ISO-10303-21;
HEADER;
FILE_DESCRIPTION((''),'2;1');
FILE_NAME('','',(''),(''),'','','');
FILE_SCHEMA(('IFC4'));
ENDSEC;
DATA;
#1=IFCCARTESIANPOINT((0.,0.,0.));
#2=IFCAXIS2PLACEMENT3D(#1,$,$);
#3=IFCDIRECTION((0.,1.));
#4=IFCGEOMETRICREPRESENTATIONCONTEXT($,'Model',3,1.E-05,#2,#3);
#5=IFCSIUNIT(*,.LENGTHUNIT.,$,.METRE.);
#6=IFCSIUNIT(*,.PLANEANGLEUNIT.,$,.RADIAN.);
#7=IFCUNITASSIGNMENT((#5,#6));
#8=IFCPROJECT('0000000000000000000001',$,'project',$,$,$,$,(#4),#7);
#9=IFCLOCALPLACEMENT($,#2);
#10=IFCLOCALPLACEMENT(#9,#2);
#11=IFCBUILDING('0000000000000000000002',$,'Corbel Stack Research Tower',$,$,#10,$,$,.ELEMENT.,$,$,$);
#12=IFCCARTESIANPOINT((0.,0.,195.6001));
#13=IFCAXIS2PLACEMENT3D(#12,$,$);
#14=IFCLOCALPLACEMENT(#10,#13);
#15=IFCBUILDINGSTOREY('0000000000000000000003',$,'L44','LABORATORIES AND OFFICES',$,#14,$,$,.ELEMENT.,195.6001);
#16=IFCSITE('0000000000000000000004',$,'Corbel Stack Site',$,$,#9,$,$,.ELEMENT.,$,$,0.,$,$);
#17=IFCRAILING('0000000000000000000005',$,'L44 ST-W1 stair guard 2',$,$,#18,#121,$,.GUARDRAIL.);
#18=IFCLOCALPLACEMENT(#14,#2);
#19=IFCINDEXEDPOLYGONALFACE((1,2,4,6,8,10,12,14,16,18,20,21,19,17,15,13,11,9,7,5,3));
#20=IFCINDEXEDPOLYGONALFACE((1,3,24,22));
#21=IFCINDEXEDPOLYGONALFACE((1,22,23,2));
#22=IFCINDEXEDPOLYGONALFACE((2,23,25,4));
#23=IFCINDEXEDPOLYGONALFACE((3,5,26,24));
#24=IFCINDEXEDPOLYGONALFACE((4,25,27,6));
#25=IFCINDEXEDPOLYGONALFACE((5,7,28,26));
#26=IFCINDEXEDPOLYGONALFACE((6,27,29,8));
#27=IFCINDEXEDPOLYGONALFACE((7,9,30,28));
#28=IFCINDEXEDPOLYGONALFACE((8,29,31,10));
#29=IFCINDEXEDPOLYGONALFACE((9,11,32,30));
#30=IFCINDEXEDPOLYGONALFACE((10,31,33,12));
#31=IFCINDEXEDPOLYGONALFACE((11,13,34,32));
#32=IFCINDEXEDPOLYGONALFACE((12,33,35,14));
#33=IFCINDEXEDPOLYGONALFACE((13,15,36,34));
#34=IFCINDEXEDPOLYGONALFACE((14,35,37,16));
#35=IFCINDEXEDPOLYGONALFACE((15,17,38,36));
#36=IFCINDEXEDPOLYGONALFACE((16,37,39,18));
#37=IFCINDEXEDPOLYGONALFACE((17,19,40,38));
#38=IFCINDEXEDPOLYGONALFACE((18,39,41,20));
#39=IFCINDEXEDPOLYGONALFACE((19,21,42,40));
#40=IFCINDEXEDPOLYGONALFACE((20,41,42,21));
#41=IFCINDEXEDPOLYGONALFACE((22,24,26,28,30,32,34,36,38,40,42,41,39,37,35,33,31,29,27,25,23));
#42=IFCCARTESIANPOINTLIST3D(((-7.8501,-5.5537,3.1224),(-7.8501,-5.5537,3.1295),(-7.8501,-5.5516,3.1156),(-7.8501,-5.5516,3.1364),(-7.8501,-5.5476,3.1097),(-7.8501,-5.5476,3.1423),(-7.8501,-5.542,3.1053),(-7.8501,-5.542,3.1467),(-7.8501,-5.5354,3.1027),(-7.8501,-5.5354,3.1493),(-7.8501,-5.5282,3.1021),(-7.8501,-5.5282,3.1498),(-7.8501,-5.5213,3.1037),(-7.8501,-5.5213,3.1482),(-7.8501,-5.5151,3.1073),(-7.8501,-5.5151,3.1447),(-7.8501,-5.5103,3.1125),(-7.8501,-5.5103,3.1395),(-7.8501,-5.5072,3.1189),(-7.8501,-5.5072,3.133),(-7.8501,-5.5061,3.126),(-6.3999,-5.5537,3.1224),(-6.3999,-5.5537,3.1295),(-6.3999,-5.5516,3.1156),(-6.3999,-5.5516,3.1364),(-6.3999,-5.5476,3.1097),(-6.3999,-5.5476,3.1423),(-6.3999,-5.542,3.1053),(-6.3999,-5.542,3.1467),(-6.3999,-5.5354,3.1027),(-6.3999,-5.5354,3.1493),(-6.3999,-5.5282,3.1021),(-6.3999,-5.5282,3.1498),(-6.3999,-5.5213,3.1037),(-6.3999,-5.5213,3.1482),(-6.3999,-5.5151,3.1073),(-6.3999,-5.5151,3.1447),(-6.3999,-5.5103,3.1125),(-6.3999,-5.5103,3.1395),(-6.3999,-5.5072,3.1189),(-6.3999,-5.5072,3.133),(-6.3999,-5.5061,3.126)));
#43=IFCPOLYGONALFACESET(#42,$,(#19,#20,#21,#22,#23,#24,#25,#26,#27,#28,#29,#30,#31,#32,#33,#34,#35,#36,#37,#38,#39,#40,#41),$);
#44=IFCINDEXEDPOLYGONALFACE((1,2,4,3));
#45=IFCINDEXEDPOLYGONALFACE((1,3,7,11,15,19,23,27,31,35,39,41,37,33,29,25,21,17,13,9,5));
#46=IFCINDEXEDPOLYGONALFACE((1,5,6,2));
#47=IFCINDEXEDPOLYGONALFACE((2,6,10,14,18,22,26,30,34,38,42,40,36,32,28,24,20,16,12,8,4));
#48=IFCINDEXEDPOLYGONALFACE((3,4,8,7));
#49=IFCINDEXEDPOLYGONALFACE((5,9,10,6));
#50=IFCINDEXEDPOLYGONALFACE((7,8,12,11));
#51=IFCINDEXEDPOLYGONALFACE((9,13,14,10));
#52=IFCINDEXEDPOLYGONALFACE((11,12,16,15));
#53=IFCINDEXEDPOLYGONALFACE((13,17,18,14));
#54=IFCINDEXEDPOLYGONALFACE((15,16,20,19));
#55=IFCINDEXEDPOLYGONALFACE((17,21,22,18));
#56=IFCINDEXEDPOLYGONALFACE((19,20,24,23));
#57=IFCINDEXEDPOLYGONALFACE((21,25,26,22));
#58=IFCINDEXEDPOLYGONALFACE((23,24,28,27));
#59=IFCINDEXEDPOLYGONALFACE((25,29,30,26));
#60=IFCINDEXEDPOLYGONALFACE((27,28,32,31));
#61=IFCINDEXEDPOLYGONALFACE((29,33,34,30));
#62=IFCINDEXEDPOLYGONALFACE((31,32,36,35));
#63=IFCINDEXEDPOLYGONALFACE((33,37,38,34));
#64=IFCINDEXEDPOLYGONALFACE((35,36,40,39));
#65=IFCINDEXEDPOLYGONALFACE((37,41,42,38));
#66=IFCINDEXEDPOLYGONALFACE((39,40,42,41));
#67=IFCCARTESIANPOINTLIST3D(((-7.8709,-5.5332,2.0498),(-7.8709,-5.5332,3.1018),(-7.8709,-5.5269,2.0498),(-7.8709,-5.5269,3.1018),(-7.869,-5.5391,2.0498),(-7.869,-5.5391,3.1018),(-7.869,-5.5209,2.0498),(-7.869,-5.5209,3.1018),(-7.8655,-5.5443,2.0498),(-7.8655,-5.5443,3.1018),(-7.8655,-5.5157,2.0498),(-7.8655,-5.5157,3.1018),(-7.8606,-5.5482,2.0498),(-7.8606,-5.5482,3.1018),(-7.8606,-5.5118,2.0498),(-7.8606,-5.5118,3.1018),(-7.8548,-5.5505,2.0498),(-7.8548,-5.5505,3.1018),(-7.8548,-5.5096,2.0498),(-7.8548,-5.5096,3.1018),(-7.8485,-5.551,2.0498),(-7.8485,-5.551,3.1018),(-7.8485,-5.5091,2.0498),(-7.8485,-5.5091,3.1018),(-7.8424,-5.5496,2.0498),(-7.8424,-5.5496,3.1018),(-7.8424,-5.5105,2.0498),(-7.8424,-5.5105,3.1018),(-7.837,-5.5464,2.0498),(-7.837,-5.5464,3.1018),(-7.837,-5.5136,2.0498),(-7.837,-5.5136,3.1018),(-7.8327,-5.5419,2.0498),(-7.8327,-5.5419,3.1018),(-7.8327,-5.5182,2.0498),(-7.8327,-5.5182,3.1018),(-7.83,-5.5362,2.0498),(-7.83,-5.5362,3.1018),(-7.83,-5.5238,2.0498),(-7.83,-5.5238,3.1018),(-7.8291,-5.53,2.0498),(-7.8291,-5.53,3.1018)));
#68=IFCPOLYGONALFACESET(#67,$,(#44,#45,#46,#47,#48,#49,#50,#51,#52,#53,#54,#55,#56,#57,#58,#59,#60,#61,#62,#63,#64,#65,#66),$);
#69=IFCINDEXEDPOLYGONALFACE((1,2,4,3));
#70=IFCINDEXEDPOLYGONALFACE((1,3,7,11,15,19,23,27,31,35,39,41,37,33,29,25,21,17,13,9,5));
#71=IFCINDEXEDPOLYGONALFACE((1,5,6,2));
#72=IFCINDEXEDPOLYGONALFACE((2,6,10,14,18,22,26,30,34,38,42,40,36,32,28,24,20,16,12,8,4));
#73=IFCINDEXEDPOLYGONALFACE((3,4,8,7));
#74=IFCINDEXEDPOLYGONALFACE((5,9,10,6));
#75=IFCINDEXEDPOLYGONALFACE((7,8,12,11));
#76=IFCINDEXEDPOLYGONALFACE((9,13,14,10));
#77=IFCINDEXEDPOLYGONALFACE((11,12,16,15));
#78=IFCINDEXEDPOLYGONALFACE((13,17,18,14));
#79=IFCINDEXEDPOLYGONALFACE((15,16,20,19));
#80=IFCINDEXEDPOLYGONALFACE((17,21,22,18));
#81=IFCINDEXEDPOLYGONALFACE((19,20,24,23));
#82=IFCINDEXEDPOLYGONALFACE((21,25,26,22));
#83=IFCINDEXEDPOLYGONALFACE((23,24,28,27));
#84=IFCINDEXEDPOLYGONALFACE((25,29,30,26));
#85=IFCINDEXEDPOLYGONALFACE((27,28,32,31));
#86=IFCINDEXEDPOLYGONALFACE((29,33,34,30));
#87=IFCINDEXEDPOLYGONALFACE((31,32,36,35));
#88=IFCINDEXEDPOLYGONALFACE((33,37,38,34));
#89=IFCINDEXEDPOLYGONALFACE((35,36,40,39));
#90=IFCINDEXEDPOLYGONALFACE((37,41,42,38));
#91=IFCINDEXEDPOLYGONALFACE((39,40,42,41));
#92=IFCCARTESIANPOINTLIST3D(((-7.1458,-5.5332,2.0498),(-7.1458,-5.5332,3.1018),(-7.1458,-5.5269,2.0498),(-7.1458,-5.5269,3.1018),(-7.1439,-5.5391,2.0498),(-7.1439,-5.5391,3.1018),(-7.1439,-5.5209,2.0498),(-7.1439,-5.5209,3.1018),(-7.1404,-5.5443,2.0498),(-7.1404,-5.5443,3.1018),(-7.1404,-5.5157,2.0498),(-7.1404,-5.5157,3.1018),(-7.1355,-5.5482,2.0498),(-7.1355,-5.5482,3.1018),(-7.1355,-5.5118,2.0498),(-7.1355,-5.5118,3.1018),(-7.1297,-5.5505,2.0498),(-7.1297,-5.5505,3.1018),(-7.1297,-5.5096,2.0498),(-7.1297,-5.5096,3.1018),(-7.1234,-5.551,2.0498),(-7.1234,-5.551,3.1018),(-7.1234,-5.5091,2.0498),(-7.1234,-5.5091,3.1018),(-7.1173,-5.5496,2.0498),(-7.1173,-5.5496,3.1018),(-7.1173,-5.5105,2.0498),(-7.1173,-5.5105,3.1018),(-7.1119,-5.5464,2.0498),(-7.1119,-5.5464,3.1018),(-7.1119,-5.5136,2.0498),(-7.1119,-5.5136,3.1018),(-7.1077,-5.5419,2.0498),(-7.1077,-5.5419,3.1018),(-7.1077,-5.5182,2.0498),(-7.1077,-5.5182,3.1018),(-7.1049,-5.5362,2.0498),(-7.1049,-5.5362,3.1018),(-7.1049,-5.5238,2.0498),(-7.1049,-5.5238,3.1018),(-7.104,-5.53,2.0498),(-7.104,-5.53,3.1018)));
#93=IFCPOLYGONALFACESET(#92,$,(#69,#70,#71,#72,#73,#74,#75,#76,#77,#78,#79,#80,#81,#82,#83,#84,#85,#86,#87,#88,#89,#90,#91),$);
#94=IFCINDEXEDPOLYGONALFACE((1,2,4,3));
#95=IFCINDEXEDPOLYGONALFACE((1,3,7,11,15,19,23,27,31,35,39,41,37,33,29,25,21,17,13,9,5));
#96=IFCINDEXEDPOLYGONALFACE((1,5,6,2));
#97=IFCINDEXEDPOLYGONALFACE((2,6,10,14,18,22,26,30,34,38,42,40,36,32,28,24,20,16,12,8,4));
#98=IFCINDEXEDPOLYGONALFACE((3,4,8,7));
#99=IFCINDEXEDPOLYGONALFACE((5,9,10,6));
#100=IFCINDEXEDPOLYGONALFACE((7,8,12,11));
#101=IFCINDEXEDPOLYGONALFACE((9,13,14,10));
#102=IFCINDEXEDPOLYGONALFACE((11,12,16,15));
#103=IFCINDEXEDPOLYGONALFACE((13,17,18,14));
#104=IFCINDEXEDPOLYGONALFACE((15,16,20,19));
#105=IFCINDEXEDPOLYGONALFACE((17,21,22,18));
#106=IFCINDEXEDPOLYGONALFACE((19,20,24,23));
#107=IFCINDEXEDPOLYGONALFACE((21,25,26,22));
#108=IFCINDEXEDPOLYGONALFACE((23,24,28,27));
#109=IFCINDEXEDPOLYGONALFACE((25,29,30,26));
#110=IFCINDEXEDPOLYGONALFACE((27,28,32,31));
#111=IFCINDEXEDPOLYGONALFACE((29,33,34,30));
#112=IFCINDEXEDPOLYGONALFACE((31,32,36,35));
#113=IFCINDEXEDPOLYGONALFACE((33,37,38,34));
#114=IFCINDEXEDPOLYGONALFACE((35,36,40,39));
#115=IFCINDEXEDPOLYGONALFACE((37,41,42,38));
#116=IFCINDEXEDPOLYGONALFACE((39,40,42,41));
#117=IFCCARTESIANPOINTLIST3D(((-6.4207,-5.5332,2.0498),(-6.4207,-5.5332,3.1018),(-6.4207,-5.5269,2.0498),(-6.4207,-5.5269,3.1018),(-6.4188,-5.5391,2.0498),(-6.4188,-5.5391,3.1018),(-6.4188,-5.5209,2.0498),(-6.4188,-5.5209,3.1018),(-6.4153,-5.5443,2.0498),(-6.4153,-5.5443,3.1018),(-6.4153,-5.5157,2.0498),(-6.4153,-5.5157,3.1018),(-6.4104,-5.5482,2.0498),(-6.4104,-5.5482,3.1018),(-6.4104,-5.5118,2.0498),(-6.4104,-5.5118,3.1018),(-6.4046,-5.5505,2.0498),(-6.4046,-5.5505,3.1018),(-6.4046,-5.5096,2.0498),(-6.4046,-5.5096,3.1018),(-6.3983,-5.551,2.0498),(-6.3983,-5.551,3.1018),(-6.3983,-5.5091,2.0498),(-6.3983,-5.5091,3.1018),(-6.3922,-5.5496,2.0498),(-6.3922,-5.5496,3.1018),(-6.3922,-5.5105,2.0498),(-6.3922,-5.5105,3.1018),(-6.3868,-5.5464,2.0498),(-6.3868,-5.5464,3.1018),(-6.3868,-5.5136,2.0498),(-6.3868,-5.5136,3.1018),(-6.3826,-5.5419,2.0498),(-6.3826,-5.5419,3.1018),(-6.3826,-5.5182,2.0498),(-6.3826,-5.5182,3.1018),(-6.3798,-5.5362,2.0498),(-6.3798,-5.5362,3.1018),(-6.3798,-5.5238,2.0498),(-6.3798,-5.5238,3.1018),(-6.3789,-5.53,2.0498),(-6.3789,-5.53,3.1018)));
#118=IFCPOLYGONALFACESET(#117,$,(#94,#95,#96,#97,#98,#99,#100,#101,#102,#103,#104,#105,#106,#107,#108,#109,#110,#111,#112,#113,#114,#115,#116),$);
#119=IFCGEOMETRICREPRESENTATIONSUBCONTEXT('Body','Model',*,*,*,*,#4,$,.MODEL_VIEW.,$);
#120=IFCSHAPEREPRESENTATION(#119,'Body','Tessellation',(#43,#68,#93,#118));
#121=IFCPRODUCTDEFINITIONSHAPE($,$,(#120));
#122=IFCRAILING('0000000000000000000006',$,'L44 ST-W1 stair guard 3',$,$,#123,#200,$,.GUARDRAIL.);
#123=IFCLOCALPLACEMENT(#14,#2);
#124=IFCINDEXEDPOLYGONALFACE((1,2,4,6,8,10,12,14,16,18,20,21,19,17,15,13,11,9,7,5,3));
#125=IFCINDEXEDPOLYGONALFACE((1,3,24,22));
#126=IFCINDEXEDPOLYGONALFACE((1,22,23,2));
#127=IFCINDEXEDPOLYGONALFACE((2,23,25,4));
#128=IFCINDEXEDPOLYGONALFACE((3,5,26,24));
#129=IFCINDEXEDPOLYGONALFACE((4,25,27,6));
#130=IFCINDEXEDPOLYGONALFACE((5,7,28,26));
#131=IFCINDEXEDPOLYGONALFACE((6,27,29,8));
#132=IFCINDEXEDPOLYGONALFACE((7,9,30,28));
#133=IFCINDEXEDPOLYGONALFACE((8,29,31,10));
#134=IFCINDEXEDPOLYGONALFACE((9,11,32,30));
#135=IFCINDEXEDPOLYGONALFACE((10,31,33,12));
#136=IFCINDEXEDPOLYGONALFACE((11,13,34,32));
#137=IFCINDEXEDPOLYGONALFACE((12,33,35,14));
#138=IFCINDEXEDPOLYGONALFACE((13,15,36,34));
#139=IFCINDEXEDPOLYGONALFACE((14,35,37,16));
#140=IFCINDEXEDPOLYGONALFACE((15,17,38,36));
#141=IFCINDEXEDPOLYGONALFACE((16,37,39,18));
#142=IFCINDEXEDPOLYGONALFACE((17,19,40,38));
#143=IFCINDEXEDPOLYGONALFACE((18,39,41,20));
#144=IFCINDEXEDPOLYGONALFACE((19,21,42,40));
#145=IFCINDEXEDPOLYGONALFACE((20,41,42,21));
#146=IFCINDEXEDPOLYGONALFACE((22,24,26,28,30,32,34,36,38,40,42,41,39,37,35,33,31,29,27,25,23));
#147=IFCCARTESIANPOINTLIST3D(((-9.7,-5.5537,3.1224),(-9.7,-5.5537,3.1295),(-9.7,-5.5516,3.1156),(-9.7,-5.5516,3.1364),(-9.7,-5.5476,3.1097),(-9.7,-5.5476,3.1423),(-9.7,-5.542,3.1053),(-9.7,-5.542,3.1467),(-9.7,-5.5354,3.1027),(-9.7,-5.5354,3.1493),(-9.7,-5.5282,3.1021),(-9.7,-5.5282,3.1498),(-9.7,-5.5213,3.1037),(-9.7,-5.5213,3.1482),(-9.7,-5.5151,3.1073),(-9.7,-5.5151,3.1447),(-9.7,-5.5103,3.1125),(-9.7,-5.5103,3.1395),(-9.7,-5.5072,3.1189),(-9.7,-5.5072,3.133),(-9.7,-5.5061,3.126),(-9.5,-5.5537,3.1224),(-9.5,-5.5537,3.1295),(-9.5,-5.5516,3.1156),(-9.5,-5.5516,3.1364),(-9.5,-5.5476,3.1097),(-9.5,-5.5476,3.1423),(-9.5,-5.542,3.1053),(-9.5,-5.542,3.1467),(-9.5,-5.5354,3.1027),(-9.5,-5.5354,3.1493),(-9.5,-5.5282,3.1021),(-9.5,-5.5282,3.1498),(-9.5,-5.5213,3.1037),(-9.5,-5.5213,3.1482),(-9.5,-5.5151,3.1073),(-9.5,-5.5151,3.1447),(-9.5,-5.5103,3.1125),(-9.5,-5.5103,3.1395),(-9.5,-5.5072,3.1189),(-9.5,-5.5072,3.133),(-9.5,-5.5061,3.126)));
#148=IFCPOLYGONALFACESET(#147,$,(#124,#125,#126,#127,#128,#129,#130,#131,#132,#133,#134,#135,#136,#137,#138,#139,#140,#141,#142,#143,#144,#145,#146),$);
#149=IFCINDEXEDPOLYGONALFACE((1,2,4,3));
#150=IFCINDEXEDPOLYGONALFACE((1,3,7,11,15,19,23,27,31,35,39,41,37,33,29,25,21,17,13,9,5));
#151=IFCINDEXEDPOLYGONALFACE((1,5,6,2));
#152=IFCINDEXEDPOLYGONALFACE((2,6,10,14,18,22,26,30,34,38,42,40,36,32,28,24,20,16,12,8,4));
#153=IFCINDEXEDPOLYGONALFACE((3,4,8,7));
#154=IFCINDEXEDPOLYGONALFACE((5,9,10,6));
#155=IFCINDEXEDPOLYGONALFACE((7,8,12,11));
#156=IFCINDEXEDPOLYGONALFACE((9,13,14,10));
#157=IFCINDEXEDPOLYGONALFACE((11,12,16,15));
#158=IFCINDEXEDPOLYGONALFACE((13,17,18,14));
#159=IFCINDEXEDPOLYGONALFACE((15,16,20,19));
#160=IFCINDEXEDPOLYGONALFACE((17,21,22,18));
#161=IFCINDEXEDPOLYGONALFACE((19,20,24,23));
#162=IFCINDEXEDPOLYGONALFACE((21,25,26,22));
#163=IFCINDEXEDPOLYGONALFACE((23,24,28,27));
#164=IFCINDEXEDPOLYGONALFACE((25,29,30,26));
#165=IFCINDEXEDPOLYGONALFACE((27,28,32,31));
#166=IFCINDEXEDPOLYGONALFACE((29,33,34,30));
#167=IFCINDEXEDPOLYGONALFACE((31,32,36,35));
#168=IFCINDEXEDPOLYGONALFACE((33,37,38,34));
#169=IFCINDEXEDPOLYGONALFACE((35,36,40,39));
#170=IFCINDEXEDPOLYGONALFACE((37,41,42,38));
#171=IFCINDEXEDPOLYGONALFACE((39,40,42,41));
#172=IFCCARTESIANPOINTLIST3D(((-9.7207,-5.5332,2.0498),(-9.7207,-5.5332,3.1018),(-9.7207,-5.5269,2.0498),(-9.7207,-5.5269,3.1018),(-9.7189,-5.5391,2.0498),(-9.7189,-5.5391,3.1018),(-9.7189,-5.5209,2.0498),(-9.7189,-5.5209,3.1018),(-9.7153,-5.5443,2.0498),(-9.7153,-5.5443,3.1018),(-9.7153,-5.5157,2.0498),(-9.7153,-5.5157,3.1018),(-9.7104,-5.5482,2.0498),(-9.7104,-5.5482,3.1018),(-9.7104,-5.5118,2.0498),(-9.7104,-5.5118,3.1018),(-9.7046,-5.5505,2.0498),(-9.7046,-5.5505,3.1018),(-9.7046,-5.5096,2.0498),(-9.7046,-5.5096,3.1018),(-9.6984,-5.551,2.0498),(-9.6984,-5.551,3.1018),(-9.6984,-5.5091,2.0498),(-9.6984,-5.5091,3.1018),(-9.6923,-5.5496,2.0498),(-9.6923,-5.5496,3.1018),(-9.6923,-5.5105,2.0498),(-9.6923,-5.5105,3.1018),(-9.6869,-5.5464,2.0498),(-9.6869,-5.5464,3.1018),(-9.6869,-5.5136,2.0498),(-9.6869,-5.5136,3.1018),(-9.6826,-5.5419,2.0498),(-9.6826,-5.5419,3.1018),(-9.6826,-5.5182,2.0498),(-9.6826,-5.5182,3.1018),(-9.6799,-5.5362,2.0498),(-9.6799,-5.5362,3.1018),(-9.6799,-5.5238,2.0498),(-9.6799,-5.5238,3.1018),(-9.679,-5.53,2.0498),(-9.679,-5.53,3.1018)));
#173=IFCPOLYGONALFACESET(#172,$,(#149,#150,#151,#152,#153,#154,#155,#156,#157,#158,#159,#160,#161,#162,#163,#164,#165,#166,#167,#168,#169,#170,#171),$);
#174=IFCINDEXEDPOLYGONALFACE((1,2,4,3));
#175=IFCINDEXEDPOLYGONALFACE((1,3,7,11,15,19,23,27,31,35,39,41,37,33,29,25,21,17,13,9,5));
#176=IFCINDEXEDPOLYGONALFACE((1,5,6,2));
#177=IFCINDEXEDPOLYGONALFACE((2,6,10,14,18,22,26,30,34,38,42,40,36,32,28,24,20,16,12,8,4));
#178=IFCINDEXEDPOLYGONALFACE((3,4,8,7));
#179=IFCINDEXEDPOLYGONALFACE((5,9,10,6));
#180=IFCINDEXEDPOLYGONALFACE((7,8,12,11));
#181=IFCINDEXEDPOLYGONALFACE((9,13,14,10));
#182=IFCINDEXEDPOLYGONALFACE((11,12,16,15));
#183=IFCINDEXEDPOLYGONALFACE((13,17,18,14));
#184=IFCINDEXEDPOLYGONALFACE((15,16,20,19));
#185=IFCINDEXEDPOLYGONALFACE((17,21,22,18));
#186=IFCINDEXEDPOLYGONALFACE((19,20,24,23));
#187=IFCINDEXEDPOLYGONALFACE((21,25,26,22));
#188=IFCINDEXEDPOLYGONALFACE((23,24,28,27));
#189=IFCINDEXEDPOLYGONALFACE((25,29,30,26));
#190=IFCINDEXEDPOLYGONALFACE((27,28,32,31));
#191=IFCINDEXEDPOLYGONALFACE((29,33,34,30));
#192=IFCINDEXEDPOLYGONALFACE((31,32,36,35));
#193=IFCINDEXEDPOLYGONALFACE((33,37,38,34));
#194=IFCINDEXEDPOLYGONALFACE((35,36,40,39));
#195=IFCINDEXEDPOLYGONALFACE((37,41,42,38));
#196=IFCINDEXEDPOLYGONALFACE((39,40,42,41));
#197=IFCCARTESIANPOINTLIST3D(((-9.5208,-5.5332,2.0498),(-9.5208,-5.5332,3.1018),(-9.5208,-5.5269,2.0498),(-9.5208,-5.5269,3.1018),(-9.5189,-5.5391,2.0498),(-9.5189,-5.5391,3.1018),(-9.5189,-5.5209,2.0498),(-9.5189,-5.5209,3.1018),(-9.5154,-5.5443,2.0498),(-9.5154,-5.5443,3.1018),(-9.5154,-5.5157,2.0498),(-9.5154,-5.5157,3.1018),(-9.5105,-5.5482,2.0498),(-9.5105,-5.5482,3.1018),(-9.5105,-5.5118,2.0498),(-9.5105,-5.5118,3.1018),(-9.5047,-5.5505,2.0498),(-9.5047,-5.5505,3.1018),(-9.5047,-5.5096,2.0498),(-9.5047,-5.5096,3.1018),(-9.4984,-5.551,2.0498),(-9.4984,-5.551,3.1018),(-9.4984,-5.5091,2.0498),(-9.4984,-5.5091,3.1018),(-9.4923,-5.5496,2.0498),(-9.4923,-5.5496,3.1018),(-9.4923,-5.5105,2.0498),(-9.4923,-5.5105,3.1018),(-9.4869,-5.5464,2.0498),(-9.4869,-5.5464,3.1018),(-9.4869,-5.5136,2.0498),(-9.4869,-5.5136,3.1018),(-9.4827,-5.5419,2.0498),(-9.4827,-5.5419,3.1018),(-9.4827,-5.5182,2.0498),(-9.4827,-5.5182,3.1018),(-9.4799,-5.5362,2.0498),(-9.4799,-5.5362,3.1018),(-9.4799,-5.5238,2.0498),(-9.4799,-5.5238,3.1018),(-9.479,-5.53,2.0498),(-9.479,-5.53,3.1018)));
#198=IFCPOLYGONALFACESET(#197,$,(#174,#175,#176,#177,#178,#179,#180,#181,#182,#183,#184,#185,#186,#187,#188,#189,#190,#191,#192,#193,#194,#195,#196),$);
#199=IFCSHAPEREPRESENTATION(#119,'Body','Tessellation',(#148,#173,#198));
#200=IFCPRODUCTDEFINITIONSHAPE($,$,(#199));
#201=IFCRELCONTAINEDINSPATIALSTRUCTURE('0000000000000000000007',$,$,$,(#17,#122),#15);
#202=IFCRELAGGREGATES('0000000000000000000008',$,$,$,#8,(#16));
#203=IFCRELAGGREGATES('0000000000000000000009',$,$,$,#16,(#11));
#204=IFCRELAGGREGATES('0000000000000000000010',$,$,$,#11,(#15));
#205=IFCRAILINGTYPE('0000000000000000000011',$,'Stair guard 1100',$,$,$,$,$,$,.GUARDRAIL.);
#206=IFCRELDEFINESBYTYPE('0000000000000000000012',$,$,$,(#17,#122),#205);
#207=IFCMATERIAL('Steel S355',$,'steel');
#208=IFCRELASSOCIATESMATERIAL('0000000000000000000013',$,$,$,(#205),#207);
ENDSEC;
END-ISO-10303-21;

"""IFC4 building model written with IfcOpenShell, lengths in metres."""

from ifc_helpers import new_model, si_unit, direction, frame, origin, origin_2d, place, context, subcontext, project, spatial, circle, extrude, material, type_object, element, save


model = new_model("IFC4")

# Units and contexts
model_context = context("Model", 3, precision=1e-05, world=origin(), true_north=direction((0.0, 1.0)))
body_context = subcontext(model_context, "Body", "Model", "MODEL_VIEW")
ifc_project = project(units=[si_unit("LENGTHUNIT", "METRE"), si_unit("PLANEANGLEUNIT", "RADIAN")], contexts=[model_context])

# Site, building, storey
site_placement = place(None, origin())
site = spatial("IfcSite", under=ifc_project, at=site_placement, Name="Corbel Stack Site", CompositionType="ELEMENT", RefElevation=0.0)
building_placement = place(site_placement, origin())
building = spatial("IfcBuilding", under=site, at=building_placement, Name="Corbel Stack Research Tower", CompositionType="ELEMENT")
storey_placement = place(building_placement, frame((0.0, 0.0, 195.6001)))
storey = spatial("IfcBuildingStorey", under=building, at=storey_placement, Name="L44", Description="LABORATORIES AND OFFICES", CompositionType="ELEMENT", Elevation=195.6001)

# Railings
ifc_material_1 = material(Name="Steel S355", Category="steel")
railing_type_1 = type_object("IfcRailingType", Name="Stair guard 1100", PredefinedType="GUARDRAIL", material=ifc_material_1)
railing_1_placement = place(storey_placement, frame((-7.8501, -5.53, 2.0498)))
element("IfcRailing", 1, at=railing_1_placement, inside=storey, type_object=railing_type_1, Name="L44 ST-W1 stair guard 2", PredefinedType="GUARDRAIL", context=body_context, shape_type="SweptSolid", body=[
    extrude(circle(Radius=0.0239, at=origin_2d()), frame((0.0, 0.0, 1.0762), z_axis=(1.0, 0.0, 0.0), x_axis=(0.0, 1.0, 0.0)), (0.0, 0.0, 1.0), 1.4502),
    extrude(circle(Radius=0.021, at=origin_2d()), origin(), (0.0, 0.0, 1.0), 1.052),
    extrude(circle(Radius=0.021, at=origin_2d()), frame((0.7251, 0.0, 0.0)), (0.0, 0.0, 1.0), 1.052),
    extrude(circle(Radius=0.021, at=origin_2d()), frame((1.4502, 0.0, 0.0)), (0.0, 0.0, 1.0), 1.052),
])
railing_2_placement = place(storey_placement, frame((-9.7, -5.53, 2.0498)))
element("IfcRailing", 2, at=railing_2_placement, inside=storey, type_object=railing_type_1, Name="L44 ST-W1 stair guard 3", PredefinedType="GUARDRAIL", context=body_context, shape_type="SweptSolid", body=[
    extrude(circle(Radius=0.0239, at=origin_2d()), frame((0.0, 0.0, 1.0762), z_axis=(1.0, 0.0, 0.0), x_axis=(0.0, 1.0, 0.0)), (0.0, 0.0, 1.0), 0.2),
    extrude(circle(Radius=0.021, at=origin_2d()), origin(), (0.0, 0.0, 1.0), 1.052),
    extrude(circle(Radius=0.021, at=origin_2d()), frame((0.2, 0.0, 0.0)), (0.0, 0.0, 1.0), 1.052),
])

save(model, "model.ifc")
